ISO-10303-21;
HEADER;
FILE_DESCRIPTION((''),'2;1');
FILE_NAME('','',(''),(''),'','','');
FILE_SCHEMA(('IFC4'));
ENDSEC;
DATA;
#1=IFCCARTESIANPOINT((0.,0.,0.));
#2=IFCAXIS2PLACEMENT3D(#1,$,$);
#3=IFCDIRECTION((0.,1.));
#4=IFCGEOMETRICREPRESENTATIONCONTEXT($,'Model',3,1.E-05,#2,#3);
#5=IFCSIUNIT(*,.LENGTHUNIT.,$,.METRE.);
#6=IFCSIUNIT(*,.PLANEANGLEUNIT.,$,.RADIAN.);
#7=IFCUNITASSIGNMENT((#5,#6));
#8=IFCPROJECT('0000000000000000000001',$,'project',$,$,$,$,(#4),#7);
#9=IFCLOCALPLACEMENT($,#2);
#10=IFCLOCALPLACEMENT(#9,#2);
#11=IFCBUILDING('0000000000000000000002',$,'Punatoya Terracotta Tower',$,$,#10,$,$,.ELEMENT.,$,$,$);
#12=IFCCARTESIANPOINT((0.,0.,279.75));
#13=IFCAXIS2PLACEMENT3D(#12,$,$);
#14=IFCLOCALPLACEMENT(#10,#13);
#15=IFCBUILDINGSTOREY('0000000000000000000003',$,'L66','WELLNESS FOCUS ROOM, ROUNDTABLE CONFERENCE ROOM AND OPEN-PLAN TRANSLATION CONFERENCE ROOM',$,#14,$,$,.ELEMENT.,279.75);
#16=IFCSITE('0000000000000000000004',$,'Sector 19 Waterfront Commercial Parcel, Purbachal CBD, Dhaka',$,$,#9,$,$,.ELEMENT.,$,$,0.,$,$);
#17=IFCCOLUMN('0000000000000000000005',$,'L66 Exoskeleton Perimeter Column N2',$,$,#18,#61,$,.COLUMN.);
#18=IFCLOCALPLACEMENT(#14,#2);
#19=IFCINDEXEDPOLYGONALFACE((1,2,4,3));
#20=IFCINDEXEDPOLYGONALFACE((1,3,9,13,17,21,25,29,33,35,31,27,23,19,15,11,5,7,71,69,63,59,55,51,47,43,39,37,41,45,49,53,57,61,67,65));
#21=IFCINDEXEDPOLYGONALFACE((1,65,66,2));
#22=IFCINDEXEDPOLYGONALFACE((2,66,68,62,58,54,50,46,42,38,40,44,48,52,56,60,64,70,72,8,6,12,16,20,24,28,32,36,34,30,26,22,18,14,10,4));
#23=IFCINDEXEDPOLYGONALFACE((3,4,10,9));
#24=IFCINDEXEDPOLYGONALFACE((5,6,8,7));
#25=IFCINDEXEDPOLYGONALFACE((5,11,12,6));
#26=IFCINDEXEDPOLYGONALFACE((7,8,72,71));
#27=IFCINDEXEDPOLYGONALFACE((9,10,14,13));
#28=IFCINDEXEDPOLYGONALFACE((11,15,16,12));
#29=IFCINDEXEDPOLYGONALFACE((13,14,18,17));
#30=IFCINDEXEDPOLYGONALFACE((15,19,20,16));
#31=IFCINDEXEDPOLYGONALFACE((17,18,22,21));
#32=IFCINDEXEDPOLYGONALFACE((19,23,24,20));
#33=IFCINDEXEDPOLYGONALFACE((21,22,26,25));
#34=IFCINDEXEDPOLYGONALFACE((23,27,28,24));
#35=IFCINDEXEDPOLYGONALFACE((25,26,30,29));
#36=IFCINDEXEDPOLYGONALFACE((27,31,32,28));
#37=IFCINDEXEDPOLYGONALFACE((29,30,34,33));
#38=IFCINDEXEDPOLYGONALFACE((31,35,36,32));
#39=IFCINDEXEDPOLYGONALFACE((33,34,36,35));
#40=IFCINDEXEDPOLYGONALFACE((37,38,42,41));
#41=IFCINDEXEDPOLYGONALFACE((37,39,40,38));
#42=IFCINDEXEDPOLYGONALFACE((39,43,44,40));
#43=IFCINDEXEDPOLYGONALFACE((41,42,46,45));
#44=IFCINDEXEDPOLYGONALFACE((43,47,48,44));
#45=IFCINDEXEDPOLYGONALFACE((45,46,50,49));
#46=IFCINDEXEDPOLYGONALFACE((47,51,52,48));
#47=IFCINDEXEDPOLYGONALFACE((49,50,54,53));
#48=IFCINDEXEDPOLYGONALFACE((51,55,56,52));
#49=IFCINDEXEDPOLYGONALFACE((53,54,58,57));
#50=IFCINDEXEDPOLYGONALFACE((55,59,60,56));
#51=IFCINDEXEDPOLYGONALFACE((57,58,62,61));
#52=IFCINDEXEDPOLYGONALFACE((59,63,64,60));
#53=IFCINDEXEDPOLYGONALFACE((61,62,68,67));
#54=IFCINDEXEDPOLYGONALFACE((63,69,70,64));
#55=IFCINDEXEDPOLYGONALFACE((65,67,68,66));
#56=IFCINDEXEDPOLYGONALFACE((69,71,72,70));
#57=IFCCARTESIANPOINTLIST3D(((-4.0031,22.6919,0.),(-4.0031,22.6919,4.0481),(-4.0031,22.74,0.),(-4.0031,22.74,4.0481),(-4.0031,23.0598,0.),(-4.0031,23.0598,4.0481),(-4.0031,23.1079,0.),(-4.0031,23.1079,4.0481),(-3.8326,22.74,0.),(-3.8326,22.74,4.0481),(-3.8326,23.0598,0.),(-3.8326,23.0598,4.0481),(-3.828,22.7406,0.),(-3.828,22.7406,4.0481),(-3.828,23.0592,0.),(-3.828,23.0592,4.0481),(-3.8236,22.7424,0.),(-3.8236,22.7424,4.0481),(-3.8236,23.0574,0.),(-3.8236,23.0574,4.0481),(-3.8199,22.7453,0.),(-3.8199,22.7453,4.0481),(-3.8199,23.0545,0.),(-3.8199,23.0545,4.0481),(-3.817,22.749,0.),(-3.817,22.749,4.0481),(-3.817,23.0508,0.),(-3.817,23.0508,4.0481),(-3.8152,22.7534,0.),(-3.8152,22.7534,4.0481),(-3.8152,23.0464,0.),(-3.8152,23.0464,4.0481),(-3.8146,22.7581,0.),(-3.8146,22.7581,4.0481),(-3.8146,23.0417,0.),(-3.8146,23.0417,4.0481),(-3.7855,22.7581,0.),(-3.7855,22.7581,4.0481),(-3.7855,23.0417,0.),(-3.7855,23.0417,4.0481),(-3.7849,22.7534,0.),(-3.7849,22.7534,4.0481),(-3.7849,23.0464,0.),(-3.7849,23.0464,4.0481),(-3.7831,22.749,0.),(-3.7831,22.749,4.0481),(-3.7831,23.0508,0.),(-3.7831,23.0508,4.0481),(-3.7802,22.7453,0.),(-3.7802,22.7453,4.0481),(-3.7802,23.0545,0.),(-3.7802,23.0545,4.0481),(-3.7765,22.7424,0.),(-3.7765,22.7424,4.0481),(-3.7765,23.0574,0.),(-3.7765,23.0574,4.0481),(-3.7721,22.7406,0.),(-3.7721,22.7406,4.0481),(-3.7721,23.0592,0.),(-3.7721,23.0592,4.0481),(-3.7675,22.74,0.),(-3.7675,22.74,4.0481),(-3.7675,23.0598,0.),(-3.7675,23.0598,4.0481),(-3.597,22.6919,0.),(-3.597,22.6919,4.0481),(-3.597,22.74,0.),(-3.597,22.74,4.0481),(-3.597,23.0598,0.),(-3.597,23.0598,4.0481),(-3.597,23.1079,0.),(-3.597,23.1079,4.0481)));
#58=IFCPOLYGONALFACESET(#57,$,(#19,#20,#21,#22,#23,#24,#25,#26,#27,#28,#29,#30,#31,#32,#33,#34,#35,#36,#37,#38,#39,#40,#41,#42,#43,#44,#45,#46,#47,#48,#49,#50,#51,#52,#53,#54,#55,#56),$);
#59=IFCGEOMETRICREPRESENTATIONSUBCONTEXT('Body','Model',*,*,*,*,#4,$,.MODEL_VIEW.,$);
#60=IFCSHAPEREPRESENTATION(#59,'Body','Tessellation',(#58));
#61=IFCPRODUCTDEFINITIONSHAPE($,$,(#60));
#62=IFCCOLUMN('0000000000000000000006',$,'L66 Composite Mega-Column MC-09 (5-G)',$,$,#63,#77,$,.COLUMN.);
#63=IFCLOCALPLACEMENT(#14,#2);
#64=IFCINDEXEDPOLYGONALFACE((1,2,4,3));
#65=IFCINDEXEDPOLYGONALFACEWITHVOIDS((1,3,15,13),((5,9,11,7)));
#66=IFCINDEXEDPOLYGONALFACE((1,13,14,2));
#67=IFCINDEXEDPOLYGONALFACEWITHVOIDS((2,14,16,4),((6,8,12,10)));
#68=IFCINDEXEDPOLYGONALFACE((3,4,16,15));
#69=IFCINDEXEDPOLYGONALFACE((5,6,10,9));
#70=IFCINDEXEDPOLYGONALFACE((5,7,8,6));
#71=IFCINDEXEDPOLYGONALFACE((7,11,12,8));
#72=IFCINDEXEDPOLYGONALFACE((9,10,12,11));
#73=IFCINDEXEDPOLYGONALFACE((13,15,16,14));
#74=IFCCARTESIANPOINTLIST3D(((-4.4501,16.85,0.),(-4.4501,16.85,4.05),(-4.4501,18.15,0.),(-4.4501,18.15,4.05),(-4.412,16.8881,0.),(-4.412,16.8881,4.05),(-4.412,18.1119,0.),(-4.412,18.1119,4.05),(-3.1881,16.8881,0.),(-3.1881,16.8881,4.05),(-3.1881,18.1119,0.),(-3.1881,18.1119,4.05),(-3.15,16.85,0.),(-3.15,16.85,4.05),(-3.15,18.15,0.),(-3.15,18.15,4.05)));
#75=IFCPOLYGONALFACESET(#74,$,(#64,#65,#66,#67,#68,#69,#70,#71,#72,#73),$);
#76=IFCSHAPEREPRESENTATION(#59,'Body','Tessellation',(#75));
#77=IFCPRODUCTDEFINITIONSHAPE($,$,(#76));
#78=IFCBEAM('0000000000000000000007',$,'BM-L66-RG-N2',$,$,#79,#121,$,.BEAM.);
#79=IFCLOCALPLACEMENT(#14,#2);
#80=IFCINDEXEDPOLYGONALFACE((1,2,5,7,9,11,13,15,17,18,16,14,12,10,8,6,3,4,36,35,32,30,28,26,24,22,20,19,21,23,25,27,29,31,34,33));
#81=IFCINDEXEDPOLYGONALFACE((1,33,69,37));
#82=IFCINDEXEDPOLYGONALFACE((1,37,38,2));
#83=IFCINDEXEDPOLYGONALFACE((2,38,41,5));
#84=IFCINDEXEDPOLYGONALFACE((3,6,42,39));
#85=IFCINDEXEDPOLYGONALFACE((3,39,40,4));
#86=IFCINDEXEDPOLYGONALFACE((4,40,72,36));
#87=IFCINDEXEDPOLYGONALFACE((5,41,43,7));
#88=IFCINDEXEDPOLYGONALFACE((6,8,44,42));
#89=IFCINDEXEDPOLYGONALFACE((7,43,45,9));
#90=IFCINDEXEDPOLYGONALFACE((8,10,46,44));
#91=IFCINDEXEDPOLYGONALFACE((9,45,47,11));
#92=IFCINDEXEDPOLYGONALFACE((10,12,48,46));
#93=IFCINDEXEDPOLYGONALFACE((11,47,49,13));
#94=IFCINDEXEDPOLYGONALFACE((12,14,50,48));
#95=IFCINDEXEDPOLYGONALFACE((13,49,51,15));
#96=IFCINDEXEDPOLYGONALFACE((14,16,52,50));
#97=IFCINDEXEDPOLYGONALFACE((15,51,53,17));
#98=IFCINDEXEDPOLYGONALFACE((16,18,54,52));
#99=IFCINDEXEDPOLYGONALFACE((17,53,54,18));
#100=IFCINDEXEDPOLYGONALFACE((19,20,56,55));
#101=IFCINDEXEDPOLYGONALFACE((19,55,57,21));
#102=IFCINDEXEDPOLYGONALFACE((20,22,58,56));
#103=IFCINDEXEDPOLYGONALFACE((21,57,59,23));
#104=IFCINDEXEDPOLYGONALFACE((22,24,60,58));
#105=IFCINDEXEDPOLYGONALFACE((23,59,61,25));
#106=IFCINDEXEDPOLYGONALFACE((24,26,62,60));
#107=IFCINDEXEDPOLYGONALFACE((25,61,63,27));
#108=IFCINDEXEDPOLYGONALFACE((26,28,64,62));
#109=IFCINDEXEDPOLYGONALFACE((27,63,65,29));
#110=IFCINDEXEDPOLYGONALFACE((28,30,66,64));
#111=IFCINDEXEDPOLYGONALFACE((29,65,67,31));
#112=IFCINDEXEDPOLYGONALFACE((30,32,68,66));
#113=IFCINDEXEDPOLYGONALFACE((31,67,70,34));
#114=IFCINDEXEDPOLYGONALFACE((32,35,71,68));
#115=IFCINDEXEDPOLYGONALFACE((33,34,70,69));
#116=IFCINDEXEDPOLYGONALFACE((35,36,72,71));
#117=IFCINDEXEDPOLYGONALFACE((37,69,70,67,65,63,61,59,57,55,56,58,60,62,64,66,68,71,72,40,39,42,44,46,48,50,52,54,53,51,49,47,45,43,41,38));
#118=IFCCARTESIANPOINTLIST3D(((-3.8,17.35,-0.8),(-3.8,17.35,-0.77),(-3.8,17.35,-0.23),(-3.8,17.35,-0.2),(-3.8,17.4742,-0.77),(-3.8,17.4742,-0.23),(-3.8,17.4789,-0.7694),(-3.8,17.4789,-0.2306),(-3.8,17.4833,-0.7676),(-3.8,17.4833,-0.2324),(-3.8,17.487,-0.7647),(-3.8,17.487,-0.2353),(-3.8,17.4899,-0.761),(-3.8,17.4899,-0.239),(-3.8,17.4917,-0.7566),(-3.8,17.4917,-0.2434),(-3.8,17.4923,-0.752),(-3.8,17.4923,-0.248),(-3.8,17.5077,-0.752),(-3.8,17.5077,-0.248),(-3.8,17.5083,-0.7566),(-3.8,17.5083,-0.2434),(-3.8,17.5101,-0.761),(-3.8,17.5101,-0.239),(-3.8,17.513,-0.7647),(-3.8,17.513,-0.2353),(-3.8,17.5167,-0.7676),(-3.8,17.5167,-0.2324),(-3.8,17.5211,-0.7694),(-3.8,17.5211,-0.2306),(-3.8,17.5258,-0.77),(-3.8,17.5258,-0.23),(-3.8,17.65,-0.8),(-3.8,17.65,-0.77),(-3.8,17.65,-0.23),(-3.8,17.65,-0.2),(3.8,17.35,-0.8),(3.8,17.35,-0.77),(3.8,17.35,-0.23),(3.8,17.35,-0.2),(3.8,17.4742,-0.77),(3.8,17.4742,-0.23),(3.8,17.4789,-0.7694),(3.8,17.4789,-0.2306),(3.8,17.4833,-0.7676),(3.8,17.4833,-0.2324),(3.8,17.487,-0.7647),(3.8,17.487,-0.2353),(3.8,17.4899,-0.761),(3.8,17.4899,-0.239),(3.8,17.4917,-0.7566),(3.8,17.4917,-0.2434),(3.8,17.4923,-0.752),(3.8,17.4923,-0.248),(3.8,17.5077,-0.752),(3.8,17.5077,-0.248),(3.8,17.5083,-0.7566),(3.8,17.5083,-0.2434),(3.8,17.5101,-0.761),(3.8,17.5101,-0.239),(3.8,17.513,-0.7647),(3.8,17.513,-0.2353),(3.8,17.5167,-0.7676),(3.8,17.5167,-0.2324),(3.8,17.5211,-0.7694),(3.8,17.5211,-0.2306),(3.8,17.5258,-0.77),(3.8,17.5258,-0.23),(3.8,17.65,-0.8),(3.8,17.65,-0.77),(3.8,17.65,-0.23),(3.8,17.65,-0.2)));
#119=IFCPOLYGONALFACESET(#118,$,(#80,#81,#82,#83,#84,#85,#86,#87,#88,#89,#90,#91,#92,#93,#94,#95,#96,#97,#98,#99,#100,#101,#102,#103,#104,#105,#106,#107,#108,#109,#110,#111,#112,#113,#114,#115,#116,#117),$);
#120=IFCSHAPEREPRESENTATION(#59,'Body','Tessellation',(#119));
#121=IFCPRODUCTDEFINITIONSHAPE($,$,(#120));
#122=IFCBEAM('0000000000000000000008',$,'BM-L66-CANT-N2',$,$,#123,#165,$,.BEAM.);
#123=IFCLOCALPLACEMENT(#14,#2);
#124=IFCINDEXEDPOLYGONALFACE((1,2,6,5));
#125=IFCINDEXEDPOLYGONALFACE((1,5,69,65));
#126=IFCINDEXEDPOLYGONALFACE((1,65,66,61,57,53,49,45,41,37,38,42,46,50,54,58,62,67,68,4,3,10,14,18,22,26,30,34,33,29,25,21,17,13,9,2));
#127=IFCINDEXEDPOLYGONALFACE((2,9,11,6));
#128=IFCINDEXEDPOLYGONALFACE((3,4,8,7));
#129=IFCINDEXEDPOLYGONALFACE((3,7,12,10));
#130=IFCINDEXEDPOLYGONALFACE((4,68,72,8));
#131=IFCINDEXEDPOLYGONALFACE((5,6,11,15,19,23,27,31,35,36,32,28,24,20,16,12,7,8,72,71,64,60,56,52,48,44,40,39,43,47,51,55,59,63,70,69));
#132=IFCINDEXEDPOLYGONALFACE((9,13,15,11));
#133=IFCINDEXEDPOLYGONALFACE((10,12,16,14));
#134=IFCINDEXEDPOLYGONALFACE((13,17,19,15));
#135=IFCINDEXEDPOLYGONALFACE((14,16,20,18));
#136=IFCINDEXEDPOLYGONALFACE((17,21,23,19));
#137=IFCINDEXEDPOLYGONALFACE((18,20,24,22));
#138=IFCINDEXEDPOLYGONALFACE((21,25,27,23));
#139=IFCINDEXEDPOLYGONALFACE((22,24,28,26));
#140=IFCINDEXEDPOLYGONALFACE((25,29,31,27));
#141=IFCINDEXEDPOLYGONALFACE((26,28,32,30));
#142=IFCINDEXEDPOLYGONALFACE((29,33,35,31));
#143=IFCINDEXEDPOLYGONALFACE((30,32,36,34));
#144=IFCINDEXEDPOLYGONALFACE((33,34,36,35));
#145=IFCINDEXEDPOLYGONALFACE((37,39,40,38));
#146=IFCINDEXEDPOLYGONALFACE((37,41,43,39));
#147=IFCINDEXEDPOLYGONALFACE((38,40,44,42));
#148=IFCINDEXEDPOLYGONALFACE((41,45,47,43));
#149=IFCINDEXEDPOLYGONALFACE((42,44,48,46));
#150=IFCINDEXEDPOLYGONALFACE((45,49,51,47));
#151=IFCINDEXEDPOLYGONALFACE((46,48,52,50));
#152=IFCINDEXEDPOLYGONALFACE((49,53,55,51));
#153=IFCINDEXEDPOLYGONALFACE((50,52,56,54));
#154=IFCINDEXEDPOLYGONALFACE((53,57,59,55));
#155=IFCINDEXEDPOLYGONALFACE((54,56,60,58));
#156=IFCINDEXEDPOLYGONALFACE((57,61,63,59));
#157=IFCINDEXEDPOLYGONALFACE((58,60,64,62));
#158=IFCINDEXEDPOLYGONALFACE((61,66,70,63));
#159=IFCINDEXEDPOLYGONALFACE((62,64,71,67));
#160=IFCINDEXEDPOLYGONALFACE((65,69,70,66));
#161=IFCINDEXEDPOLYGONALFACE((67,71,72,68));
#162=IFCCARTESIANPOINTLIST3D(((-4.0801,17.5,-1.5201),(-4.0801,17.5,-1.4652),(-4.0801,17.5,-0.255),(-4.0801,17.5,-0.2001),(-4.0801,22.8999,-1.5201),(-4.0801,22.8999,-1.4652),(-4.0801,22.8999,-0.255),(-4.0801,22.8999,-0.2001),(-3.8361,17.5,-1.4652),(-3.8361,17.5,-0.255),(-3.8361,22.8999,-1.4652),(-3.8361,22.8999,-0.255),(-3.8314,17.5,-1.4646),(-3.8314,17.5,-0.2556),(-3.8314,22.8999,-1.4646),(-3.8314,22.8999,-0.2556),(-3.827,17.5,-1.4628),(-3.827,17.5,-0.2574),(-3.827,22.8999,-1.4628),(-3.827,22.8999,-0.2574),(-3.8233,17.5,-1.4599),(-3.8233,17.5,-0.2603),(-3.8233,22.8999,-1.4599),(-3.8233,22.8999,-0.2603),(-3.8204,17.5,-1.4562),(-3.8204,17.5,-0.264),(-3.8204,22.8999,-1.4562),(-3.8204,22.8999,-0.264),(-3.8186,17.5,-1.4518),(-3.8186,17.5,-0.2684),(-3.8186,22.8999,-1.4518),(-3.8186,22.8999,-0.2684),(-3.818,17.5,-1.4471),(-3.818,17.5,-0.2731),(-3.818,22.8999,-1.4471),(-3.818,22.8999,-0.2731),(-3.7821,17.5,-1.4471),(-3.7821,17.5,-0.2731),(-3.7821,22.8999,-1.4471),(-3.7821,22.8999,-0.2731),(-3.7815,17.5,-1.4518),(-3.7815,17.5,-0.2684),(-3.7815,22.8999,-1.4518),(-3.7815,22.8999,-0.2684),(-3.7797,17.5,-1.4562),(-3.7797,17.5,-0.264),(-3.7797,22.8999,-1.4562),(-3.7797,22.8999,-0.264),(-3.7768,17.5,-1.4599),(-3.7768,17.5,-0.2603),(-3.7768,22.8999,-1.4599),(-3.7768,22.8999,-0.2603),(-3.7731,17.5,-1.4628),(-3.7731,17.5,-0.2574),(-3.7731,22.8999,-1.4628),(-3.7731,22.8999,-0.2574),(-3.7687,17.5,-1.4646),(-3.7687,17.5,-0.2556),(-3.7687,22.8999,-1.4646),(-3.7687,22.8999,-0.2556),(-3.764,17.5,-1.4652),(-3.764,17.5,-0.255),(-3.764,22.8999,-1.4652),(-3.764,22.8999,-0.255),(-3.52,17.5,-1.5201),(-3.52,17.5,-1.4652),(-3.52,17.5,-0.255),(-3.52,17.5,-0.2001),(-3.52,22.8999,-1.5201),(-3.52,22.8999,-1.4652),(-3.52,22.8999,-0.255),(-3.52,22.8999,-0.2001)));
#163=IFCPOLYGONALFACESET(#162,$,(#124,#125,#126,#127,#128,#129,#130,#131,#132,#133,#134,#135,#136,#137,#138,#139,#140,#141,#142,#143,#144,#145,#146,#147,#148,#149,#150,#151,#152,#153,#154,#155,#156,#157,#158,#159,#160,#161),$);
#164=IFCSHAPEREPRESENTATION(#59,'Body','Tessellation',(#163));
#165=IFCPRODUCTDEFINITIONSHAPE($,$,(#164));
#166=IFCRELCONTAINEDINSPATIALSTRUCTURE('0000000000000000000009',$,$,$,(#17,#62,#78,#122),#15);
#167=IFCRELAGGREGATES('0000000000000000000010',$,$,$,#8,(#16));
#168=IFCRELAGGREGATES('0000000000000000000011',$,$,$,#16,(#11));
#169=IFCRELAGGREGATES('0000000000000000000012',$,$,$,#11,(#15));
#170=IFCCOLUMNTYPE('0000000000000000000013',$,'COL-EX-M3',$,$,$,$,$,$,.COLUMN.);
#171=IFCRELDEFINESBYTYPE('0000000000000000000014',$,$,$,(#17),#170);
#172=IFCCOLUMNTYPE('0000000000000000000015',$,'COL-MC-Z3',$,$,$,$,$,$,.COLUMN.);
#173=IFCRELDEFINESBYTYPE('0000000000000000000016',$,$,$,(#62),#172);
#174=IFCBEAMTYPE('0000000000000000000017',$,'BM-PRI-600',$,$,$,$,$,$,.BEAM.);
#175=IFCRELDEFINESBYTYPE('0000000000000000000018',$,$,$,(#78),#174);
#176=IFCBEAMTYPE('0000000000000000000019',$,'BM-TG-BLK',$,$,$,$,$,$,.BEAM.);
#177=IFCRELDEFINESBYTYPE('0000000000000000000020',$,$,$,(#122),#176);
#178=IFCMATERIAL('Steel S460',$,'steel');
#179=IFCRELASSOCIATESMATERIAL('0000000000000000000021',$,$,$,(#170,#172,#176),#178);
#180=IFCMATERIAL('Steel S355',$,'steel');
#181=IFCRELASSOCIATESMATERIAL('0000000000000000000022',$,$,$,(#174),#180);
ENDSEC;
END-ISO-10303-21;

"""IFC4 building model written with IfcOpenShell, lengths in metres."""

from ifc_helpers import new_model, si_unit, direction, frame, origin, origin_2d, place, context, subcontext, project, spatial, hollow_rectangle, i_section, extrude, material, material_profile, profile_set, type_object, element, save


model = new_model("IFC4")

# Units and contexts
model_context = context("Model", 3, precision=1e-05, world=origin(), true_north=direction((0.0, 1.0)))
body_context = subcontext(model_context, "Body", "Model", "MODEL_VIEW")
ifc_project = project(units=[si_unit("LENGTHUNIT", "METRE"), si_unit("PLANEANGLEUNIT", "RADIAN")], contexts=[model_context])

# Site, building, storey
site_placement = place(None, origin())
site = spatial("IfcSite", under=ifc_project, at=site_placement, Name="Sector 19 Waterfront Commercial Parcel, Purbachal CBD, Dhaka", CompositionType="ELEMENT", RefElevation=0.0)
building_placement = place(site_placement, origin())
building = spatial("IfcBuilding", under=site, at=building_placement, Name="Punatoya Terracotta Tower", CompositionType="ELEMENT")
storey_placement = place(building_placement, frame((0.0, 0.0, 279.75)))
storey = spatial("IfcBuildingStorey", under=building, at=storey_placement, Name="L66", Description="WELLNESS FOCUS ROOM, ROUNDTABLE CONFERENCE ROOM AND OPEN-PLAN TRANSLATION CONFERENCE ROOM", CompositionType="ELEMENT", Elevation=279.75)

# Columns
ifc_material_1 = material(Name="Steel S460", Category="steel")
ifc_material_profile_1 = material_profile(ifc_material_1, i_section(OverallWidth=0.406, OverallDepth=0.416, WebThickness=0.0291, FlangeThickness=0.0481, FilletRadius=0.0181, at=origin_2d()))
ifc_profile_set_1 = profile_set([ifc_material_profile_1], Name="Steel S460")
column_type_1 = type_object("IfcColumnType", Name="COL-EX-M3", PredefinedType="COLUMN", material=ifc_profile_set_1)
column_1_placement = place(storey_placement, frame((-3.8, 22.8999, 0.0), z_axis=(0.0, 0.0, 1.0), x_axis=(1.0, 0.0, 0.0)))
element("IfcColumn", 1, at=column_1_placement, inside=storey, type_object=column_type_1, Name="L66 Exoskeleton Perimeter Column N2", PredefinedType="COLUMN", context=body_context, shape_type="SweptSolid", body=[
    extrude(i_section(OverallWidth=0.406, OverallDepth=0.416, WebThickness=0.0291, FlangeThickness=0.0481, FilletRadius=0.0181, at=origin_2d()), origin(), (0.0, 0.0, 1.0), 4.0481),
])
ifc_material_profile_2 = material_profile(ifc_material_1, hollow_rectangle(XDim=1.3, YDim=1.3, WallThickness=0.0381, at=origin_2d()))
ifc_profile_set_2 = profile_set([ifc_material_profile_2], Name="Steel S460")
column_type_2 = type_object("IfcColumnType", Name="COL-MC-Z3", PredefinedType="COLUMN", material=ifc_profile_set_2)
column_2_placement = place(storey_placement, frame((-3.8, 17.5, 0.0), z_axis=(0.0, 0.0, 1.0), x_axis=(1.0, 0.0, 0.0)))
element("IfcColumn", 2, at=column_2_placement, inside=storey, type_object=column_type_2, Name="L66 Composite Mega-Column MC-09 (5-G)", PredefinedType="COLUMN", context=body_context, shape_type="SweptSolid", body=[
    extrude(hollow_rectangle(XDim=1.3, YDim=1.3, WallThickness=0.0381, at=origin_2d()), origin(), (0.0, 0.0, 1.0), 4.05),
])

# Beams
ifc_material_2 = material(Name="Steel S355", Category="steel")
ifc_material_profile_3 = material_profile(ifc_material_2, i_section(OverallWidth=0.3, OverallDepth=0.6001, WebThickness=0.0154, FlangeThickness=0.03, FilletRadius=0.0181, at=origin_2d()))
ifc_profile_set_3 = profile_set([ifc_material_profile_3], Name="Steel S355")
beam_type_1 = type_object("IfcBeamType", Name="BM-PRI-600", PredefinedType="BEAM", material=ifc_profile_set_3)
beam_1_placement = place(storey_placement, frame((-3.8, 17.5, -0.5), z_axis=(1.0, 0.0, 0.0), x_axis=(0.0, 1.0, 0.0)))
element("IfcBeam", 3, at=beam_1_placement, inside=storey, type_object=beam_type_1, Name="BM-L66-RG-N2", PredefinedType="BEAM", context=body_context, shape_type="SweptSolid", body=[
    extrude(i_section(OverallWidth=0.3, OverallDepth=0.6001, WebThickness=0.0154, FlangeThickness=0.03, FilletRadius=0.0181, at=origin_2d()), origin(), (0.0, 0.0, 1.0), 7.6001),
])
ifc_material_profile_4 = material_profile(ifc_material_1, i_section(OverallWidth=0.5601, OverallDepth=1.3201, WebThickness=0.0359, FlangeThickness=0.0549, FilletRadius=0.0181, at=origin_2d()))
ifc_profile_set_4 = profile_set([ifc_material_profile_4], Name="Steel S460")
beam_type_2 = type_object("IfcBeamType", Name="BM-TG-BLK", PredefinedType="BEAM", material=ifc_profile_set_4)
beam_2_placement = place(storey_placement, frame((-3.8, 17.5, -0.8601), z_axis=(0.0, 1.0, 0.0), x_axis=(-1.0, 0.0, 0.0)))
element("IfcBeam", 4, at=beam_2_placement, inside=storey, type_object=beam_type_2, Name="BM-L66-CANT-N2", PredefinedType="BEAM", context=body_context, shape_type="SweptSolid", body=[
    extrude(i_section(OverallWidth=0.5601, OverallDepth=1.3201, WebThickness=0.0359, FlangeThickness=0.0549, FilletRadius=0.0181, at=origin_2d()), origin(), (0.0, 0.0, 1.0), 5.3999),
])

save(model, "model.ifc")
